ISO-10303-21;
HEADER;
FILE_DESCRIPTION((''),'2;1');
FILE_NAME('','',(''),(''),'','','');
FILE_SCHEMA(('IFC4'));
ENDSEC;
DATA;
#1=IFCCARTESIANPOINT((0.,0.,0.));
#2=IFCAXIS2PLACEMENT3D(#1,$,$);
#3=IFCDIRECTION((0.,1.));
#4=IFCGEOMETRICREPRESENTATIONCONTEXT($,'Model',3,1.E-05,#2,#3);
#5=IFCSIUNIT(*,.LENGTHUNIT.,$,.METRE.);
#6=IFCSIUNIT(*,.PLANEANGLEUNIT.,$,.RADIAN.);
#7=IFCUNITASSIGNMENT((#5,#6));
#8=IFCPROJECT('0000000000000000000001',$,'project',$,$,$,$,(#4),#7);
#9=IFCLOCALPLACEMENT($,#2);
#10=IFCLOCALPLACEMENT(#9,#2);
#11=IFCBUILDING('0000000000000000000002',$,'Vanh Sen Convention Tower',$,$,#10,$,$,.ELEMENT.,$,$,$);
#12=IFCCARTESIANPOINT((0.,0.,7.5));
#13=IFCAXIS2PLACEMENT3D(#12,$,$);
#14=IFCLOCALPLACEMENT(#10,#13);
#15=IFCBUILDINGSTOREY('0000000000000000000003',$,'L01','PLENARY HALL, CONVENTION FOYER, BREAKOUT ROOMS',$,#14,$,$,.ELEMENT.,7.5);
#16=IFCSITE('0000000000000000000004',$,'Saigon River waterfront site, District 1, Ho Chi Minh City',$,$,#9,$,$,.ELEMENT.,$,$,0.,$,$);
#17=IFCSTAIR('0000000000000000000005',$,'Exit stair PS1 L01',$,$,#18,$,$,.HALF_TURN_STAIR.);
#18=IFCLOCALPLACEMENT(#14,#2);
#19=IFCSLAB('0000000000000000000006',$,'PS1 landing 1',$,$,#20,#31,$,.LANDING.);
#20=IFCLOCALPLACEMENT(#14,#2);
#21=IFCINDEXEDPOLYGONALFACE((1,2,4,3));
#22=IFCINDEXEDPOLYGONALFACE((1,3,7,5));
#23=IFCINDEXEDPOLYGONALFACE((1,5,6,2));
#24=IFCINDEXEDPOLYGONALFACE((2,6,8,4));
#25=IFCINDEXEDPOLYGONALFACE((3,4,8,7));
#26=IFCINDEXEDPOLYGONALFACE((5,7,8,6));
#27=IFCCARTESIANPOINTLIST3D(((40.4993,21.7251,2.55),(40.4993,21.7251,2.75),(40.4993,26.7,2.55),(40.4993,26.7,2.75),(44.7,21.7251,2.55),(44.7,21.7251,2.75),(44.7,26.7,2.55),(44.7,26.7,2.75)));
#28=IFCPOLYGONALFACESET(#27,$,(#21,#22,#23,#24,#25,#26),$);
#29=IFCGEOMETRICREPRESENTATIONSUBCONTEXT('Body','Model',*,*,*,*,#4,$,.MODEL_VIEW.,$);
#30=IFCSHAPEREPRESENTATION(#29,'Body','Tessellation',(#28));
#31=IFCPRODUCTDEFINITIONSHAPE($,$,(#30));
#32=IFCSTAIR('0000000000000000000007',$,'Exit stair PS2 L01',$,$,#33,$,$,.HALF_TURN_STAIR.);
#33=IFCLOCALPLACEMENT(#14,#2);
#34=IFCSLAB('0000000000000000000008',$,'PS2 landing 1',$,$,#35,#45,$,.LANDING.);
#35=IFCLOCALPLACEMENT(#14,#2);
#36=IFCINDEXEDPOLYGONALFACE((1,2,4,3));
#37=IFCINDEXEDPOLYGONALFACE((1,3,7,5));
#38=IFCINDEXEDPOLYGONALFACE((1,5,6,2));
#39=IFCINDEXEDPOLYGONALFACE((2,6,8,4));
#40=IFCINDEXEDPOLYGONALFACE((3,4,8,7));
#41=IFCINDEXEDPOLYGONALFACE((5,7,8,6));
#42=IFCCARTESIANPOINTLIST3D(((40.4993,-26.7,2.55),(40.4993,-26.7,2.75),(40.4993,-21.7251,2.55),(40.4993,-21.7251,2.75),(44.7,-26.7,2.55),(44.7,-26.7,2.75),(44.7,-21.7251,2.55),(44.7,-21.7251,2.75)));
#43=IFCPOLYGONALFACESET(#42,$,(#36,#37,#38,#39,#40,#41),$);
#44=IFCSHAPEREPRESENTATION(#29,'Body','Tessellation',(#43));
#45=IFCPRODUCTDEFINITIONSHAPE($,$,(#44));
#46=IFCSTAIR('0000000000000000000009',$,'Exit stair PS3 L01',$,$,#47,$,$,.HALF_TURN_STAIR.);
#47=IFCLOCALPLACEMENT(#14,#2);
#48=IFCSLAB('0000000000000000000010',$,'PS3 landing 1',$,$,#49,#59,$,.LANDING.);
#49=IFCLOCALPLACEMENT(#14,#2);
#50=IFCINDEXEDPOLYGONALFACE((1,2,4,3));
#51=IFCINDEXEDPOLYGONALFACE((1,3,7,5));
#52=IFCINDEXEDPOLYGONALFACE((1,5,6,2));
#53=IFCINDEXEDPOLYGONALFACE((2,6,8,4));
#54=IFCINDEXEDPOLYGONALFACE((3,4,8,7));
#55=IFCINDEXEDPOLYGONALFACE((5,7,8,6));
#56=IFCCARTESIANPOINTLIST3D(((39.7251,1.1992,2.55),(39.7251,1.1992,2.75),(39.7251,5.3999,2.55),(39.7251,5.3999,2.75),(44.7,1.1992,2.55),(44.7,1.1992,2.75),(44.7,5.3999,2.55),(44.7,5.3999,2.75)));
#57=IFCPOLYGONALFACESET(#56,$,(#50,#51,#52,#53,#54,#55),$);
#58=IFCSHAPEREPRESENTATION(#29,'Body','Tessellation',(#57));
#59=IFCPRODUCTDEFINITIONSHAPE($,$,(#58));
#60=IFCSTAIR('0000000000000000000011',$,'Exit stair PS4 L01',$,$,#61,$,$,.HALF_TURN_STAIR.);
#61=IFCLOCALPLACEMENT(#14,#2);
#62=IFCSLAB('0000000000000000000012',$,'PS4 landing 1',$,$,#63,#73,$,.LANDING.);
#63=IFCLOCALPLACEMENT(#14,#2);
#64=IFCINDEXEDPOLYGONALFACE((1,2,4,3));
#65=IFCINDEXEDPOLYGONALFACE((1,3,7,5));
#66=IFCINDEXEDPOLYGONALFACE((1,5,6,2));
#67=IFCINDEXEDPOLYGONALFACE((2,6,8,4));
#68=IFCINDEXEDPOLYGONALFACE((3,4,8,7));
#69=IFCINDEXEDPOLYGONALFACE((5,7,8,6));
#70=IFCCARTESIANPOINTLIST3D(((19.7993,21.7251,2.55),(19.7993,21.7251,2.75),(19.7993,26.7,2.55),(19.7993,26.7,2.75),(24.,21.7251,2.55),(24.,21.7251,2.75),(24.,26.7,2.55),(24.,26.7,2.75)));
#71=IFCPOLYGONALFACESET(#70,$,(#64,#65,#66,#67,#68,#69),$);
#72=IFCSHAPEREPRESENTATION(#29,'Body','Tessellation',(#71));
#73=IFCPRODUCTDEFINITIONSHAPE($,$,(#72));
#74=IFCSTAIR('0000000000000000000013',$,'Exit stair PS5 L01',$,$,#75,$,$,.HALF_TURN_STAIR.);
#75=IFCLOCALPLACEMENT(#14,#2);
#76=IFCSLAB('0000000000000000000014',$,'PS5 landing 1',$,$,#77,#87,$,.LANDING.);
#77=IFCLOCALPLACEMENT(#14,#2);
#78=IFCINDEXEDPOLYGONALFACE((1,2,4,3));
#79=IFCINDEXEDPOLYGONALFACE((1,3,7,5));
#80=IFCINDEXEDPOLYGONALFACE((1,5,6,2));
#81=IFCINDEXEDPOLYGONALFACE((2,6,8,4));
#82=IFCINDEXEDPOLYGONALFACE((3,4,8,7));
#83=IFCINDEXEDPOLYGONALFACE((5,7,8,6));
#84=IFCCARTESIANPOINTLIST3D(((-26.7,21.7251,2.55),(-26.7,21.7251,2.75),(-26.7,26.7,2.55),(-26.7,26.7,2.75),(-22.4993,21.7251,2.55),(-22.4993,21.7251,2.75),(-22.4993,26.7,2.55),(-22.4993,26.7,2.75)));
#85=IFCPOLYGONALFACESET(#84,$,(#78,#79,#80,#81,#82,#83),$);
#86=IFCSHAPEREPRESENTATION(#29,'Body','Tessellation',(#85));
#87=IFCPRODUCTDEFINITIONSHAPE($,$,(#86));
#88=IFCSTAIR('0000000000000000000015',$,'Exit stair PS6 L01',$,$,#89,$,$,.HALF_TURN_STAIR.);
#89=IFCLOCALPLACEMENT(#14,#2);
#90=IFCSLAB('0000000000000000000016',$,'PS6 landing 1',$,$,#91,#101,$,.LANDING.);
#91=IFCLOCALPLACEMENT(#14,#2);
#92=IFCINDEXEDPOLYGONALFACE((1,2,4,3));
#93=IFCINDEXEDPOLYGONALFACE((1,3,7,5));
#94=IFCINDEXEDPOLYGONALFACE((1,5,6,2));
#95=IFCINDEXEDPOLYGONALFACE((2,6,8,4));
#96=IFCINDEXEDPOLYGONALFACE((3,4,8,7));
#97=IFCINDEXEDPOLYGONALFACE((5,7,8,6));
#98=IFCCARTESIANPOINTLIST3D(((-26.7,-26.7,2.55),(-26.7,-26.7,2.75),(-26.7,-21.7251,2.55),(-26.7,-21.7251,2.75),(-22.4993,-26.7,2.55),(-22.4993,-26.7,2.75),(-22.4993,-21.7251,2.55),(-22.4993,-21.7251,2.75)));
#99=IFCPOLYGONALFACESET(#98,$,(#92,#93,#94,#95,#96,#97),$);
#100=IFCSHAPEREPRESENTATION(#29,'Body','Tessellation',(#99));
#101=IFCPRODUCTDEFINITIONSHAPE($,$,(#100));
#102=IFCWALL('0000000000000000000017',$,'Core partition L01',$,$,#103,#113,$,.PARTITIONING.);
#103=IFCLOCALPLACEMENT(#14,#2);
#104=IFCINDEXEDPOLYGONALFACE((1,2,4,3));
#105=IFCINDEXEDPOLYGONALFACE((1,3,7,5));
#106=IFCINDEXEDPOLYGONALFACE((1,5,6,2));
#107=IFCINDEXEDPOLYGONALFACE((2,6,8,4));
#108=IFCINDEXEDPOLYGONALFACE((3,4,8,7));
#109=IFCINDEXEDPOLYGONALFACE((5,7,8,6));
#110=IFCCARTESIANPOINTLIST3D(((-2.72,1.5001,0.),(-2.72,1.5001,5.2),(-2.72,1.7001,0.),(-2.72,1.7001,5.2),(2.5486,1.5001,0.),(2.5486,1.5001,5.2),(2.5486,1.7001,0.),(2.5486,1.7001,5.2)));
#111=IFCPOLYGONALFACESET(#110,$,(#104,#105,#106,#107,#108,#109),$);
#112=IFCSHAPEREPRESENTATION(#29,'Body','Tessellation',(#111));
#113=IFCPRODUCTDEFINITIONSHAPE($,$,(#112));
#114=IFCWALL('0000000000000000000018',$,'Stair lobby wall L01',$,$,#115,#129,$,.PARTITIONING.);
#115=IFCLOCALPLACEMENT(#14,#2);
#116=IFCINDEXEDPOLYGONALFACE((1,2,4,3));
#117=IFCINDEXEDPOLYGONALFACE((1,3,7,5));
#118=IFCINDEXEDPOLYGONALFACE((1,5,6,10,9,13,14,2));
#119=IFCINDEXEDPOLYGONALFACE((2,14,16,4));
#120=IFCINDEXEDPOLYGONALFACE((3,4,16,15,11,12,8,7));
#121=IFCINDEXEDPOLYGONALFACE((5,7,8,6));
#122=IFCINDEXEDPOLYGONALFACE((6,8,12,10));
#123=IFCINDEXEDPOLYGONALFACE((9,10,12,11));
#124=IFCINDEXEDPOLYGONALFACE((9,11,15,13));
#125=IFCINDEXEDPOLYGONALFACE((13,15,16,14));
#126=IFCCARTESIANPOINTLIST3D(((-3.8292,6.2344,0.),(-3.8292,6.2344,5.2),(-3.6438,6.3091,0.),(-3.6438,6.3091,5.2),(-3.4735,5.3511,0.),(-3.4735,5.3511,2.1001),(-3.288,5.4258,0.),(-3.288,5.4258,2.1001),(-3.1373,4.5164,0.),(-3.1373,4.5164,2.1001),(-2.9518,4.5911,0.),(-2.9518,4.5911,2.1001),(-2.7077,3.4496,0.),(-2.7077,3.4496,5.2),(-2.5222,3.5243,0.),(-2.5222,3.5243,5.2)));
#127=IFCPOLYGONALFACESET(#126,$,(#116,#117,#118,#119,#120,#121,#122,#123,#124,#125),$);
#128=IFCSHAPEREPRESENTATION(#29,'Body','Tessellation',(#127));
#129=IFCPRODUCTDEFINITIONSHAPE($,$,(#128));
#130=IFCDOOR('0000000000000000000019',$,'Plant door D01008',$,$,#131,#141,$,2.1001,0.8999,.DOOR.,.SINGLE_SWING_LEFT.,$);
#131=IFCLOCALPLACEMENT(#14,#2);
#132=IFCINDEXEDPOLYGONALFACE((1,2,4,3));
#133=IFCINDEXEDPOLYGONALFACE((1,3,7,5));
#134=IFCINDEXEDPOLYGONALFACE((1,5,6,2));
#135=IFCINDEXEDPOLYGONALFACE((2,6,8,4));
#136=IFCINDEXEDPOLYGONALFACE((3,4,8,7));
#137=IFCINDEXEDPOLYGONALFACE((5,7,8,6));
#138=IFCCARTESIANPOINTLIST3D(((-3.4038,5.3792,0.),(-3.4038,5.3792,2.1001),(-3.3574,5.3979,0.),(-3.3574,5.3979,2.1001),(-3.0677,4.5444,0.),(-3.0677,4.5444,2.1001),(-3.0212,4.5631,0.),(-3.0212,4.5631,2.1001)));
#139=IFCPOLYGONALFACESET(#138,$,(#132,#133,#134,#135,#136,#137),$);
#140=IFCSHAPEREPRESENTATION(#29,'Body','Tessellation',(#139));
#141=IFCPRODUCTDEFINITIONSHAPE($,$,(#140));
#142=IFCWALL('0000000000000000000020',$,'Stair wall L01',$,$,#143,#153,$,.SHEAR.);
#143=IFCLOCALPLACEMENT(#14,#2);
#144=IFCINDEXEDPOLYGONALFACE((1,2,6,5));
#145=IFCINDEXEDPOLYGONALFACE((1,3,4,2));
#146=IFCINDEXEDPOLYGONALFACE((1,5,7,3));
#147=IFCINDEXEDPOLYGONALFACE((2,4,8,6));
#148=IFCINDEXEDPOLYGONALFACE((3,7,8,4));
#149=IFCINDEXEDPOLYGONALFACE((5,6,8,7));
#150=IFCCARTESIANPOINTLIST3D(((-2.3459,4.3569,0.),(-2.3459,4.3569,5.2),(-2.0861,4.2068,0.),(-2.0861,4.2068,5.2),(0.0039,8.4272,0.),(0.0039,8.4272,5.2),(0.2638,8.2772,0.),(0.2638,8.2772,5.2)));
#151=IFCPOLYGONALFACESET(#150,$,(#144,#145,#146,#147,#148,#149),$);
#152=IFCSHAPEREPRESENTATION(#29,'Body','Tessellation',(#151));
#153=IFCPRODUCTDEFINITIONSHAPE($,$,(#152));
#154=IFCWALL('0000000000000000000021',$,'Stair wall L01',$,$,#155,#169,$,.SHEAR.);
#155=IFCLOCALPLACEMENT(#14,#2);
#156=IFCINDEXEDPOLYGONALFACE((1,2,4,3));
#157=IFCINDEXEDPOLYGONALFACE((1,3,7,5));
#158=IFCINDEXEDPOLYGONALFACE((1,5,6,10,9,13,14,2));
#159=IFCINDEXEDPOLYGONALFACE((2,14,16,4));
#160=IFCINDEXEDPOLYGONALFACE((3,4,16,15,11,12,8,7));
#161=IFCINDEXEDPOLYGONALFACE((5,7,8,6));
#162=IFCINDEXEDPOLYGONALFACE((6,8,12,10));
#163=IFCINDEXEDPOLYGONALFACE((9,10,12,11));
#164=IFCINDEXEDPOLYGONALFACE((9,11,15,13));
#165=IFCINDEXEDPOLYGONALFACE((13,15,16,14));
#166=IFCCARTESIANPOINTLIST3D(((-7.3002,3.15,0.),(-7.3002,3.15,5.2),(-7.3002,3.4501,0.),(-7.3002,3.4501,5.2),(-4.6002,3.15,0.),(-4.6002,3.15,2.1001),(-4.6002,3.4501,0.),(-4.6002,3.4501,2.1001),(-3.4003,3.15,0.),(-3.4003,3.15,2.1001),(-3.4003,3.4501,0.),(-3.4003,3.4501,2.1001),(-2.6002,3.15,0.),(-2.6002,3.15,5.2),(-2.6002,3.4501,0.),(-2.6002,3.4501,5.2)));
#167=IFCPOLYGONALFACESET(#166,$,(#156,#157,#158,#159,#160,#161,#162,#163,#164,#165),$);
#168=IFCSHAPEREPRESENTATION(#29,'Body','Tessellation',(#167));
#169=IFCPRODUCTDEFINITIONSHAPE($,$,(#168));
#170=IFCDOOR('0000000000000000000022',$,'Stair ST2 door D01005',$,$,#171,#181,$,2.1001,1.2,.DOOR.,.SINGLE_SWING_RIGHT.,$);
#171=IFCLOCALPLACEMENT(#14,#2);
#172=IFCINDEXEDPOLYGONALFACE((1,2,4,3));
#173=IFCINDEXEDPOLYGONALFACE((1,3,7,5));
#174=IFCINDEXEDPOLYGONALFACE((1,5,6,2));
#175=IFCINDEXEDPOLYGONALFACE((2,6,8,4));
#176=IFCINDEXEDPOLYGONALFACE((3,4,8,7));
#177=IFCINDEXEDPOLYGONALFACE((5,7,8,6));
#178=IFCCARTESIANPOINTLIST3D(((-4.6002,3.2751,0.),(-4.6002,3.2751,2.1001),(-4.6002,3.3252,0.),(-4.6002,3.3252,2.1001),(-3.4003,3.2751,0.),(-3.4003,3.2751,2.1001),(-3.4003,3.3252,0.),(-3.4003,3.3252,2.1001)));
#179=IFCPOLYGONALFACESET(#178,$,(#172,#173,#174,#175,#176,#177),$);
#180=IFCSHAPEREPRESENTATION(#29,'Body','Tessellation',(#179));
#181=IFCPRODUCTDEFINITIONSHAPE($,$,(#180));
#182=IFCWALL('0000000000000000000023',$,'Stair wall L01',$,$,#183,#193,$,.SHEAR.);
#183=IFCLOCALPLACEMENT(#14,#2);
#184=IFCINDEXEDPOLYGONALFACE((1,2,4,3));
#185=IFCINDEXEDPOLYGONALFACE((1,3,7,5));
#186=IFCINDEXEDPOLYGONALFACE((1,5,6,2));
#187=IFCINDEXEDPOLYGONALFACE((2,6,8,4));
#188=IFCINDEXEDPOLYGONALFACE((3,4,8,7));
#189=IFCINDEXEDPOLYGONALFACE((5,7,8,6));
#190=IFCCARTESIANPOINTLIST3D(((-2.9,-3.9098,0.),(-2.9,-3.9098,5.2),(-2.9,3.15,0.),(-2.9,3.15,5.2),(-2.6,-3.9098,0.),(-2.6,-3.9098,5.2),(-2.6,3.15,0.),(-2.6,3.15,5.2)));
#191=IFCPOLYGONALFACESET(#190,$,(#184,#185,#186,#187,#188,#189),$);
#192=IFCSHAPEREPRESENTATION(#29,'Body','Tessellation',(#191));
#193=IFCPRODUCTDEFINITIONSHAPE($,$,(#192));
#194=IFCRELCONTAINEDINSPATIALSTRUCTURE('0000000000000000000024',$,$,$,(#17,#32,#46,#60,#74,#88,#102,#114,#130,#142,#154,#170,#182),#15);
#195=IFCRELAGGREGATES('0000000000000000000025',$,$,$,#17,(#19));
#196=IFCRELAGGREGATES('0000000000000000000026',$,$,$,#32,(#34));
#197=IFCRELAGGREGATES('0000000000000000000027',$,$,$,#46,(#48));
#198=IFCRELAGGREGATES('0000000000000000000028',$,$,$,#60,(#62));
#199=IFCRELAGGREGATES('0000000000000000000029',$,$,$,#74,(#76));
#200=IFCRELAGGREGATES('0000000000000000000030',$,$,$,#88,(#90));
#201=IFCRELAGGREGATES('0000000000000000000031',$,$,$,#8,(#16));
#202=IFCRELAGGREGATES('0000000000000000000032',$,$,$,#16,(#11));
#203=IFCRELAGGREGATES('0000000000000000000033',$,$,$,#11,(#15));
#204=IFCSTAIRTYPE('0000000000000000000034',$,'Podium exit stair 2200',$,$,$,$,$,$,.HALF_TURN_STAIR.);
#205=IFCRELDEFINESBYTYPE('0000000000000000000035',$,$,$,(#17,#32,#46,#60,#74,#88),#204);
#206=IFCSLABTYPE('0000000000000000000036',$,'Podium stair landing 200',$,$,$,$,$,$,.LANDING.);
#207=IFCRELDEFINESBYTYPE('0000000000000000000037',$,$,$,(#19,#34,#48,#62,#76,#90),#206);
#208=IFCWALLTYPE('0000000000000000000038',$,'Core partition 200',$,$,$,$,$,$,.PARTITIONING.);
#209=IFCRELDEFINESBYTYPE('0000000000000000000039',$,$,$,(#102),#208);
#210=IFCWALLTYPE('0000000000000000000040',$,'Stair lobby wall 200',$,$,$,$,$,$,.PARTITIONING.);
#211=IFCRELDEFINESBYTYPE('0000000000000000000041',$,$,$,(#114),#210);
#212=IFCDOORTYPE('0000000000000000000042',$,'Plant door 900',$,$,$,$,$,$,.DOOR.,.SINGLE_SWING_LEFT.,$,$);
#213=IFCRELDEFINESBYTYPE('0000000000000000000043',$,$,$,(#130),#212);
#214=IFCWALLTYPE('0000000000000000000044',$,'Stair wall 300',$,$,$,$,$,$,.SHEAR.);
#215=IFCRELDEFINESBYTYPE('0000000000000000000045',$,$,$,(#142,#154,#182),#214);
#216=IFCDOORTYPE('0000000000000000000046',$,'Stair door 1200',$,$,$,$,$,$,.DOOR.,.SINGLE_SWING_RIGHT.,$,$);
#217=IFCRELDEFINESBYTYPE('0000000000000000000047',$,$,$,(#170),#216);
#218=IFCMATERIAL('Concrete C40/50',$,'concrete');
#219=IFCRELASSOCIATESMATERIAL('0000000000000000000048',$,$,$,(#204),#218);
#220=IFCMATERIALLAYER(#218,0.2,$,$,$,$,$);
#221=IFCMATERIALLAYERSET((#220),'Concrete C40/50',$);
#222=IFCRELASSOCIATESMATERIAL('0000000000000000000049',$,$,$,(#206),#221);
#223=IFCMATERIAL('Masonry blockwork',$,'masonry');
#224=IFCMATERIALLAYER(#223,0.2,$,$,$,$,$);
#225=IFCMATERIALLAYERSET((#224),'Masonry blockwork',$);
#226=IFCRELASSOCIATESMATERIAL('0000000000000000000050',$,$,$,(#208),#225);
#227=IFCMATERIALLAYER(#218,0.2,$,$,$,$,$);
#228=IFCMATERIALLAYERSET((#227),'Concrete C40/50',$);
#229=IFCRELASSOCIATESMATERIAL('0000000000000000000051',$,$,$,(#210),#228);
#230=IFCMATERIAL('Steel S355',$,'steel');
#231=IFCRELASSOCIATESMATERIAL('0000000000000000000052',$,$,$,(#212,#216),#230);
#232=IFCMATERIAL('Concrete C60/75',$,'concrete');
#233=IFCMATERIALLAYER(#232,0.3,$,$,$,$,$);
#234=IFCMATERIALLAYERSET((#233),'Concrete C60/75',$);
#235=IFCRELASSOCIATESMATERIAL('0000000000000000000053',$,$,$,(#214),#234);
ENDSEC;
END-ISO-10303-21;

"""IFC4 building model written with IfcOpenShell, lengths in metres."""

from ifc_helpers import new_model, si_unit, direction, frame, frame_2d, origin, place, context, subcontext, project, spatial, polyline, rectangle, outline, extrude, material, layer, layer_set, type_object, element, fill, aggregate, save


model = new_model("IFC4")

# Units and contexts
model_context = context("Model", 3, precision=1e-05, world=origin(), true_north=direction((0.0, 1.0)))
body_context = subcontext(model_context, "Body", "Model", "MODEL_VIEW")
ifc_project = project(units=[si_unit("LENGTHUNIT", "METRE"), si_unit("PLANEANGLEUNIT", "RADIAN")], contexts=[model_context])

# Site, building, storey
site_placement = place(None, origin())
site = spatial("IfcSite", under=ifc_project, at=site_placement, Name="Saigon River waterfront site, District 1, Ho Chi Minh City", CompositionType="ELEMENT", RefElevation=0.0)
building_placement = place(site_placement, origin())
building = spatial("IfcBuilding", under=site, at=building_placement, Name="Vanh Sen Convention Tower", CompositionType="ELEMENT")
storey_placement = place(building_placement, frame((0.0, 0.0, 7.5)))
storey = spatial("IfcBuildingStorey", under=building, at=storey_placement, Name="L01", Description="PLENARY HALL, CONVENTION FOYER, BREAKOUT ROOMS", CompositionType="ELEMENT", Elevation=7.5)

# Stairs, slabs
ifc_material_1 = material(Name="Concrete C40/50", Category="concrete")
stair_type = type_object("IfcStairType", Name="Podium exit stair 2200", PredefinedType="HALF_TURN_STAIR", material=ifc_material_1)
stair_1_placement = place(storey_placement, origin())
stair_1 = element("IfcStair", 1, at=stair_1_placement, inside=storey, type_object=stair_type, Name="Exit stair PS1 L01", PredefinedType="HALF_TURN_STAIR")
ifc_layer_1 = layer(ifc_material_1, 0.2)
ifc_layer_set_1 = layer_set([ifc_layer_1], Name="Concrete C40/50")
slab_type = type_object("IfcSlabType", Name="Podium stair landing 200", PredefinedType="LANDING", material=ifc_layer_set_1)
slab_1_placement = place(storey_placement, frame((0.0, 0.0, 2.55)))
slab_1 = element("IfcSlab", 2, at=slab_1_placement, type_object=slab_type, Name="PS1 landing 1", PredefinedType="LANDING", context=body_context, shape_type="SweptSolid", body=[
    extrude(outline(polyline([(40.4993, 21.7251), (44.7, 21.7251), (44.7, 26.7), (40.4993, 26.7), (40.4993, 21.7251)])), origin(), (0.0, 0.0, 1.0), 0.2),
])
aggregate(stair_1, [slab_1])
stair_2_placement = place(storey_placement, origin())
stair_2 = element("IfcStair", 3, at=stair_2_placement, inside=storey, type_object=stair_type, Name="Exit stair PS2 L01", PredefinedType="HALF_TURN_STAIR")
slab_2_placement = place(storey_placement, frame((0.0, 0.0, 2.55)))
slab_2 = element("IfcSlab", 4, at=slab_2_placement, type_object=slab_type, Name="PS2 landing 1", PredefinedType="LANDING", context=body_context, shape_type="SweptSolid", body=[
    extrude(outline(polyline([(40.4993, -21.7251), (44.7, -21.7251), (44.7, -26.7), (40.4993, -26.7), (40.4993, -21.7251)])), origin(), (0.0, 0.0, 1.0), 0.2),
])
aggregate(stair_2, [slab_2])
stair_3_placement = place(storey_placement, origin())
stair_3 = element("IfcStair", 5, at=stair_3_placement, inside=storey, type_object=stair_type, Name="Exit stair PS3 L01", PredefinedType="HALF_TURN_STAIR")
slab_3_placement = place(storey_placement, frame((0.0, 0.0, 2.55)))
slab_3 = element("IfcSlab", 6, at=slab_3_placement, type_object=slab_type, Name="PS3 landing 1", PredefinedType="LANDING", context=body_context, shape_type="SweptSolid", body=[
    extrude(outline(polyline([(39.7251, 1.1992), (39.7251, 5.3999), (44.7, 5.3999), (44.7, 1.1992), (39.7251, 1.1992)])), origin(), (0.0, 0.0, 1.0), 0.2),
])
aggregate(stair_3, [slab_3])
stair_4_placement = place(storey_placement, origin())
stair_4 = element("IfcStair", 7, at=stair_4_placement, inside=storey, type_object=stair_type, Name="Exit stair PS4 L01", PredefinedType="HALF_TURN_STAIR")
slab_4_placement = place(storey_placement, frame((0.0, 0.0, 2.55)))
slab_4 = element("IfcSlab", 8, at=slab_4_placement, type_object=slab_type, Name="PS4 landing 1", PredefinedType="LANDING", context=body_context, shape_type="SweptSolid", body=[
    extrude(outline(polyline([(19.7993, 21.7251), (24.0, 21.7251), (24.0, 26.7), (19.7993, 26.7), (19.7993, 21.7251)])), origin(), (0.0, 0.0, 1.0), 0.2),
])
aggregate(stair_4, [slab_4])
stair_5_placement = place(storey_placement, origin())
stair_5 = element("IfcStair", 9, at=stair_5_placement, inside=storey, type_object=stair_type, Name="Exit stair PS5 L01", PredefinedType="HALF_TURN_STAIR")
slab_5_placement = place(storey_placement, frame((0.0, 0.0, 2.55)))
slab_5 = element("IfcSlab", 10, at=slab_5_placement, type_object=slab_type, Name="PS5 landing 1", PredefinedType="LANDING", context=body_context, shape_type="SweptSolid", body=[
    extrude(outline(polyline([(-22.4993, 21.7251), (-26.7, 21.7251), (-26.7, 26.7), (-22.4993, 26.7), (-22.4993, 21.7251)])), origin(), (0.0, 0.0, 1.0), 0.2),
])
aggregate(stair_5, [slab_5])
stair_6_placement = place(storey_placement, origin())
stair_6 = element("IfcStair", 11, at=stair_6_placement, inside=storey, type_object=stair_type, Name="Exit stair PS6 L01", PredefinedType="HALF_TURN_STAIR")
slab_6_placement = place(storey_placement, frame((0.0, 0.0, 2.55)))
slab_6 = element("IfcSlab", 12, at=slab_6_placement, type_object=slab_type, Name="PS6 landing 1", PredefinedType="LANDING", context=body_context, shape_type="SweptSolid", body=[
    extrude(outline(polyline([(-22.4993, -21.7251), (-26.7, -21.7251), (-26.7, -26.7), (-22.4993, -26.7), (-22.4993, -21.7251)])), origin(), (0.0, 0.0, 1.0), 0.2),
])
aggregate(stair_6, [slab_6])

# Wall
ifc_material_2 = material(Name="Masonry blockwork", Category="masonry")
ifc_layer_2 = layer(ifc_material_2, 0.2)
ifc_layer_set_2 = layer_set([ifc_layer_2], Name="Masonry blockwork")
wall_type_1 = type_object("IfcWallType", Name="Core partition 200", PredefinedType="PARTITIONING", material=ifc_layer_set_2)
wall_1_placement = place(storey_placement, frame((-2.72, 1.6001, 0.0), z_axis=(0.0, 0.0, 1.0), x_axis=(1.0, 0.0, 0.0)))
element("IfcWall", 13, at=wall_1_placement, inside=storey, type_object=wall_type_1, Name="Core partition L01", PredefinedType="PARTITIONING", context=body_context, shape_type="SweptSolid", body=[
    extrude(rectangle(XDim=5.2686, YDim=0.2, at=frame_2d((2.6343, 0.0))), origin(), (0.0, 0.0, 1.0), 5.2),
])

# Wall, opening, door
ifc_layer_3 = layer(ifc_material_1, 0.2)
ifc_layer_set_3 = layer_set([ifc_layer_3], Name="Concrete C40/50")
wall_type_2 = type_object("IfcWallType", Name="Stair lobby wall 200", PredefinedType="PARTITIONING", material=ifc_layer_set_3)
wall_2_placement = place(storey_placement, frame((-2.615, 3.4871, 0.0), z_axis=(0.0, 0.0, 1.0), x_axis=(-0.373577, 0.927599, 0.0)))
wall_2 = element("IfcWall", 14, at=wall_2_placement, inside=storey, type_object=wall_type_2, Name="Stair lobby wall L01", PredefinedType="PARTITIONING", context=body_context, shape_type="SweptSolid", body=[
    extrude(rectangle(XDim=3.0022, YDim=0.2, at=frame_2d((1.501, 0.0))), origin(), (0.0, 0.0, 1.0), 5.2),
])
opening_1_placement = place(wall_2_placement, frame((1.1499, 0.0, 0.0)))
opening_1 = element("IfcOpeningElement", 15, at=opening_1_placement, cuts=wall_2, PredefinedType="OPENING", context=body_context, shape_type="SweptSolid", body=[
    extrude(rectangle(XDim=0.8999, YDim=2.1001, at=frame_2d((0.45, 1.05))), frame((0.0, 0.1099, 0.0), z_axis=(0.0, -1.0, 0.0), x_axis=(1.0, 0.0, 0.0)), (0.0, 0.0, 1.0), 0.22),
])
ifc_material_3 = material(Name="Steel S355", Category="steel")
door_type_1 = type_object("IfcDoorType", Name="Plant door 900", OperationType="SINGLE_SWING_LEFT", PredefinedType="DOOR", material=ifc_material_3)
door_1_placement = place(opening_1_placement, origin())
door_1 = element("IfcDoor", 16, at=door_1_placement, inside=storey, type_object=door_type_1, Name="Plant door D01008", OperationType="SINGLE_SWING_LEFT", OverallHeight=2.1001, OverallWidth=0.8999, PredefinedType="DOOR", context=body_context, shape_type="SweptSolid", body=[
    extrude(rectangle(XDim=0.8999, YDim=2.1001, at=frame_2d((0.45, 1.05))), frame((0.0, 0.0249, 0.0), z_axis=(0.0, -1.0, 0.0), x_axis=(1.0, 0.0, 0.0)), (0.0, 0.0, 1.0), 0.05),
])
fill(opening_1, door_1)

# Wall
ifc_material_4 = material(Name="Concrete C60/75", Category="concrete")
ifc_layer_4 = layer(ifc_material_4, 0.3)
ifc_layer_set_4 = layer_set([ifc_layer_4], Name="Concrete C60/75")
wall_type_3 = type_object("IfcWallType", Name="Stair wall 300", PredefinedType="SHEAR", material=ifc_layer_set_4)
wall_3_placement = place(storey_placement, frame((-2.2161, 4.2817, 0.0), z_axis=(0.0, 0.0, 1.0), x_axis=(0.499977, 0.866039, 0.0)))
element("IfcWall", 17, at=wall_3_placement, inside=storey, type_object=wall_type_3, Name="Stair wall L01", PredefinedType="SHEAR", context=body_context, shape_type="SweptSolid", body=[
    extrude(rectangle(XDim=4.7, YDim=0.3, at=frame_2d((2.3501, 0.0))), origin(), (0.0, 0.0, 1.0), 5.2),
])

# Wall, opening, door
wall_4_placement = place(storey_placement, frame((-2.6001, 3.3, 0.0), z_axis=(0.0, 0.0, 1.0), x_axis=(-1.0, 0.0, 0.0)))
wall_4 = element("IfcWall", 18, at=wall_4_placement, inside=storey, type_object=wall_type_3, Name="Stair wall L01", PredefinedType="SHEAR", context=body_context, shape_type="SweptSolid", body=[
    extrude(rectangle(XDim=4.7, YDim=0.3, at=frame_2d((2.3501, 0.0))), origin(), (0.0, 0.0, 1.0), 5.2),
])
opening_2_placement = place(wall_4_placement, frame((0.8, 0.0, 0.0)))
opening_2 = element("IfcOpeningElement", 19, at=opening_2_placement, cuts=wall_4, PredefinedType="OPENING", context=body_context, shape_type="SweptSolid", body=[
    extrude(rectangle(XDim=1.2, YDim=2.1001, at=frame_2d((0.6001, 1.05))), frame((0.0, 0.1599, 0.0), z_axis=(0.0, -1.0, 0.0), x_axis=(1.0, 0.0, 0.0)), (0.0, 0.0, 1.0), 0.3201),
])
door_type_2 = type_object("IfcDoorType", Name="Stair door 1200", OperationType="SINGLE_SWING_RIGHT", PredefinedType="DOOR", material=ifc_material_3)
door_2_placement = place(opening_2_placement, origin())
door_2 = element("IfcDoor", 20, at=door_2_placement, inside=storey, type_object=door_type_2, Name="Stair ST2 door D01005", OperationType="SINGLE_SWING_RIGHT", OverallHeight=2.1001, OverallWidth=1.2, PredefinedType="DOOR", context=body_context, shape_type="SweptSolid", body=[
    extrude(rectangle(XDim=1.2, YDim=2.1001, at=frame_2d((0.6001, 1.05))), frame((0.0, 0.0249, 0.0), z_axis=(0.0, -1.0, 0.0), x_axis=(1.0, 0.0, 0.0)), (0.0, 0.0, 1.0), 0.05),
])
fill(opening_2, door_2)

# Wall
wall_5_placement = place(storey_placement, frame((-2.75, 3.1499, 0.0), z_axis=(0.0, 0.0, 1.0), x_axis=(0.0, -1.0, 0.0)))
element("IfcWall", 21, at=wall_5_placement, inside=storey, type_object=wall_type_3, Name="Stair wall L01", PredefinedType="SHEAR", context=body_context, shape_type="SweptSolid", body=[
    extrude(rectangle(XDim=7.0598, YDim=0.3, at=frame_2d((3.5298, 0.0))), origin(), (0.0, 0.0, 1.0), 5.2),
])

save(model, "model.ifc")
